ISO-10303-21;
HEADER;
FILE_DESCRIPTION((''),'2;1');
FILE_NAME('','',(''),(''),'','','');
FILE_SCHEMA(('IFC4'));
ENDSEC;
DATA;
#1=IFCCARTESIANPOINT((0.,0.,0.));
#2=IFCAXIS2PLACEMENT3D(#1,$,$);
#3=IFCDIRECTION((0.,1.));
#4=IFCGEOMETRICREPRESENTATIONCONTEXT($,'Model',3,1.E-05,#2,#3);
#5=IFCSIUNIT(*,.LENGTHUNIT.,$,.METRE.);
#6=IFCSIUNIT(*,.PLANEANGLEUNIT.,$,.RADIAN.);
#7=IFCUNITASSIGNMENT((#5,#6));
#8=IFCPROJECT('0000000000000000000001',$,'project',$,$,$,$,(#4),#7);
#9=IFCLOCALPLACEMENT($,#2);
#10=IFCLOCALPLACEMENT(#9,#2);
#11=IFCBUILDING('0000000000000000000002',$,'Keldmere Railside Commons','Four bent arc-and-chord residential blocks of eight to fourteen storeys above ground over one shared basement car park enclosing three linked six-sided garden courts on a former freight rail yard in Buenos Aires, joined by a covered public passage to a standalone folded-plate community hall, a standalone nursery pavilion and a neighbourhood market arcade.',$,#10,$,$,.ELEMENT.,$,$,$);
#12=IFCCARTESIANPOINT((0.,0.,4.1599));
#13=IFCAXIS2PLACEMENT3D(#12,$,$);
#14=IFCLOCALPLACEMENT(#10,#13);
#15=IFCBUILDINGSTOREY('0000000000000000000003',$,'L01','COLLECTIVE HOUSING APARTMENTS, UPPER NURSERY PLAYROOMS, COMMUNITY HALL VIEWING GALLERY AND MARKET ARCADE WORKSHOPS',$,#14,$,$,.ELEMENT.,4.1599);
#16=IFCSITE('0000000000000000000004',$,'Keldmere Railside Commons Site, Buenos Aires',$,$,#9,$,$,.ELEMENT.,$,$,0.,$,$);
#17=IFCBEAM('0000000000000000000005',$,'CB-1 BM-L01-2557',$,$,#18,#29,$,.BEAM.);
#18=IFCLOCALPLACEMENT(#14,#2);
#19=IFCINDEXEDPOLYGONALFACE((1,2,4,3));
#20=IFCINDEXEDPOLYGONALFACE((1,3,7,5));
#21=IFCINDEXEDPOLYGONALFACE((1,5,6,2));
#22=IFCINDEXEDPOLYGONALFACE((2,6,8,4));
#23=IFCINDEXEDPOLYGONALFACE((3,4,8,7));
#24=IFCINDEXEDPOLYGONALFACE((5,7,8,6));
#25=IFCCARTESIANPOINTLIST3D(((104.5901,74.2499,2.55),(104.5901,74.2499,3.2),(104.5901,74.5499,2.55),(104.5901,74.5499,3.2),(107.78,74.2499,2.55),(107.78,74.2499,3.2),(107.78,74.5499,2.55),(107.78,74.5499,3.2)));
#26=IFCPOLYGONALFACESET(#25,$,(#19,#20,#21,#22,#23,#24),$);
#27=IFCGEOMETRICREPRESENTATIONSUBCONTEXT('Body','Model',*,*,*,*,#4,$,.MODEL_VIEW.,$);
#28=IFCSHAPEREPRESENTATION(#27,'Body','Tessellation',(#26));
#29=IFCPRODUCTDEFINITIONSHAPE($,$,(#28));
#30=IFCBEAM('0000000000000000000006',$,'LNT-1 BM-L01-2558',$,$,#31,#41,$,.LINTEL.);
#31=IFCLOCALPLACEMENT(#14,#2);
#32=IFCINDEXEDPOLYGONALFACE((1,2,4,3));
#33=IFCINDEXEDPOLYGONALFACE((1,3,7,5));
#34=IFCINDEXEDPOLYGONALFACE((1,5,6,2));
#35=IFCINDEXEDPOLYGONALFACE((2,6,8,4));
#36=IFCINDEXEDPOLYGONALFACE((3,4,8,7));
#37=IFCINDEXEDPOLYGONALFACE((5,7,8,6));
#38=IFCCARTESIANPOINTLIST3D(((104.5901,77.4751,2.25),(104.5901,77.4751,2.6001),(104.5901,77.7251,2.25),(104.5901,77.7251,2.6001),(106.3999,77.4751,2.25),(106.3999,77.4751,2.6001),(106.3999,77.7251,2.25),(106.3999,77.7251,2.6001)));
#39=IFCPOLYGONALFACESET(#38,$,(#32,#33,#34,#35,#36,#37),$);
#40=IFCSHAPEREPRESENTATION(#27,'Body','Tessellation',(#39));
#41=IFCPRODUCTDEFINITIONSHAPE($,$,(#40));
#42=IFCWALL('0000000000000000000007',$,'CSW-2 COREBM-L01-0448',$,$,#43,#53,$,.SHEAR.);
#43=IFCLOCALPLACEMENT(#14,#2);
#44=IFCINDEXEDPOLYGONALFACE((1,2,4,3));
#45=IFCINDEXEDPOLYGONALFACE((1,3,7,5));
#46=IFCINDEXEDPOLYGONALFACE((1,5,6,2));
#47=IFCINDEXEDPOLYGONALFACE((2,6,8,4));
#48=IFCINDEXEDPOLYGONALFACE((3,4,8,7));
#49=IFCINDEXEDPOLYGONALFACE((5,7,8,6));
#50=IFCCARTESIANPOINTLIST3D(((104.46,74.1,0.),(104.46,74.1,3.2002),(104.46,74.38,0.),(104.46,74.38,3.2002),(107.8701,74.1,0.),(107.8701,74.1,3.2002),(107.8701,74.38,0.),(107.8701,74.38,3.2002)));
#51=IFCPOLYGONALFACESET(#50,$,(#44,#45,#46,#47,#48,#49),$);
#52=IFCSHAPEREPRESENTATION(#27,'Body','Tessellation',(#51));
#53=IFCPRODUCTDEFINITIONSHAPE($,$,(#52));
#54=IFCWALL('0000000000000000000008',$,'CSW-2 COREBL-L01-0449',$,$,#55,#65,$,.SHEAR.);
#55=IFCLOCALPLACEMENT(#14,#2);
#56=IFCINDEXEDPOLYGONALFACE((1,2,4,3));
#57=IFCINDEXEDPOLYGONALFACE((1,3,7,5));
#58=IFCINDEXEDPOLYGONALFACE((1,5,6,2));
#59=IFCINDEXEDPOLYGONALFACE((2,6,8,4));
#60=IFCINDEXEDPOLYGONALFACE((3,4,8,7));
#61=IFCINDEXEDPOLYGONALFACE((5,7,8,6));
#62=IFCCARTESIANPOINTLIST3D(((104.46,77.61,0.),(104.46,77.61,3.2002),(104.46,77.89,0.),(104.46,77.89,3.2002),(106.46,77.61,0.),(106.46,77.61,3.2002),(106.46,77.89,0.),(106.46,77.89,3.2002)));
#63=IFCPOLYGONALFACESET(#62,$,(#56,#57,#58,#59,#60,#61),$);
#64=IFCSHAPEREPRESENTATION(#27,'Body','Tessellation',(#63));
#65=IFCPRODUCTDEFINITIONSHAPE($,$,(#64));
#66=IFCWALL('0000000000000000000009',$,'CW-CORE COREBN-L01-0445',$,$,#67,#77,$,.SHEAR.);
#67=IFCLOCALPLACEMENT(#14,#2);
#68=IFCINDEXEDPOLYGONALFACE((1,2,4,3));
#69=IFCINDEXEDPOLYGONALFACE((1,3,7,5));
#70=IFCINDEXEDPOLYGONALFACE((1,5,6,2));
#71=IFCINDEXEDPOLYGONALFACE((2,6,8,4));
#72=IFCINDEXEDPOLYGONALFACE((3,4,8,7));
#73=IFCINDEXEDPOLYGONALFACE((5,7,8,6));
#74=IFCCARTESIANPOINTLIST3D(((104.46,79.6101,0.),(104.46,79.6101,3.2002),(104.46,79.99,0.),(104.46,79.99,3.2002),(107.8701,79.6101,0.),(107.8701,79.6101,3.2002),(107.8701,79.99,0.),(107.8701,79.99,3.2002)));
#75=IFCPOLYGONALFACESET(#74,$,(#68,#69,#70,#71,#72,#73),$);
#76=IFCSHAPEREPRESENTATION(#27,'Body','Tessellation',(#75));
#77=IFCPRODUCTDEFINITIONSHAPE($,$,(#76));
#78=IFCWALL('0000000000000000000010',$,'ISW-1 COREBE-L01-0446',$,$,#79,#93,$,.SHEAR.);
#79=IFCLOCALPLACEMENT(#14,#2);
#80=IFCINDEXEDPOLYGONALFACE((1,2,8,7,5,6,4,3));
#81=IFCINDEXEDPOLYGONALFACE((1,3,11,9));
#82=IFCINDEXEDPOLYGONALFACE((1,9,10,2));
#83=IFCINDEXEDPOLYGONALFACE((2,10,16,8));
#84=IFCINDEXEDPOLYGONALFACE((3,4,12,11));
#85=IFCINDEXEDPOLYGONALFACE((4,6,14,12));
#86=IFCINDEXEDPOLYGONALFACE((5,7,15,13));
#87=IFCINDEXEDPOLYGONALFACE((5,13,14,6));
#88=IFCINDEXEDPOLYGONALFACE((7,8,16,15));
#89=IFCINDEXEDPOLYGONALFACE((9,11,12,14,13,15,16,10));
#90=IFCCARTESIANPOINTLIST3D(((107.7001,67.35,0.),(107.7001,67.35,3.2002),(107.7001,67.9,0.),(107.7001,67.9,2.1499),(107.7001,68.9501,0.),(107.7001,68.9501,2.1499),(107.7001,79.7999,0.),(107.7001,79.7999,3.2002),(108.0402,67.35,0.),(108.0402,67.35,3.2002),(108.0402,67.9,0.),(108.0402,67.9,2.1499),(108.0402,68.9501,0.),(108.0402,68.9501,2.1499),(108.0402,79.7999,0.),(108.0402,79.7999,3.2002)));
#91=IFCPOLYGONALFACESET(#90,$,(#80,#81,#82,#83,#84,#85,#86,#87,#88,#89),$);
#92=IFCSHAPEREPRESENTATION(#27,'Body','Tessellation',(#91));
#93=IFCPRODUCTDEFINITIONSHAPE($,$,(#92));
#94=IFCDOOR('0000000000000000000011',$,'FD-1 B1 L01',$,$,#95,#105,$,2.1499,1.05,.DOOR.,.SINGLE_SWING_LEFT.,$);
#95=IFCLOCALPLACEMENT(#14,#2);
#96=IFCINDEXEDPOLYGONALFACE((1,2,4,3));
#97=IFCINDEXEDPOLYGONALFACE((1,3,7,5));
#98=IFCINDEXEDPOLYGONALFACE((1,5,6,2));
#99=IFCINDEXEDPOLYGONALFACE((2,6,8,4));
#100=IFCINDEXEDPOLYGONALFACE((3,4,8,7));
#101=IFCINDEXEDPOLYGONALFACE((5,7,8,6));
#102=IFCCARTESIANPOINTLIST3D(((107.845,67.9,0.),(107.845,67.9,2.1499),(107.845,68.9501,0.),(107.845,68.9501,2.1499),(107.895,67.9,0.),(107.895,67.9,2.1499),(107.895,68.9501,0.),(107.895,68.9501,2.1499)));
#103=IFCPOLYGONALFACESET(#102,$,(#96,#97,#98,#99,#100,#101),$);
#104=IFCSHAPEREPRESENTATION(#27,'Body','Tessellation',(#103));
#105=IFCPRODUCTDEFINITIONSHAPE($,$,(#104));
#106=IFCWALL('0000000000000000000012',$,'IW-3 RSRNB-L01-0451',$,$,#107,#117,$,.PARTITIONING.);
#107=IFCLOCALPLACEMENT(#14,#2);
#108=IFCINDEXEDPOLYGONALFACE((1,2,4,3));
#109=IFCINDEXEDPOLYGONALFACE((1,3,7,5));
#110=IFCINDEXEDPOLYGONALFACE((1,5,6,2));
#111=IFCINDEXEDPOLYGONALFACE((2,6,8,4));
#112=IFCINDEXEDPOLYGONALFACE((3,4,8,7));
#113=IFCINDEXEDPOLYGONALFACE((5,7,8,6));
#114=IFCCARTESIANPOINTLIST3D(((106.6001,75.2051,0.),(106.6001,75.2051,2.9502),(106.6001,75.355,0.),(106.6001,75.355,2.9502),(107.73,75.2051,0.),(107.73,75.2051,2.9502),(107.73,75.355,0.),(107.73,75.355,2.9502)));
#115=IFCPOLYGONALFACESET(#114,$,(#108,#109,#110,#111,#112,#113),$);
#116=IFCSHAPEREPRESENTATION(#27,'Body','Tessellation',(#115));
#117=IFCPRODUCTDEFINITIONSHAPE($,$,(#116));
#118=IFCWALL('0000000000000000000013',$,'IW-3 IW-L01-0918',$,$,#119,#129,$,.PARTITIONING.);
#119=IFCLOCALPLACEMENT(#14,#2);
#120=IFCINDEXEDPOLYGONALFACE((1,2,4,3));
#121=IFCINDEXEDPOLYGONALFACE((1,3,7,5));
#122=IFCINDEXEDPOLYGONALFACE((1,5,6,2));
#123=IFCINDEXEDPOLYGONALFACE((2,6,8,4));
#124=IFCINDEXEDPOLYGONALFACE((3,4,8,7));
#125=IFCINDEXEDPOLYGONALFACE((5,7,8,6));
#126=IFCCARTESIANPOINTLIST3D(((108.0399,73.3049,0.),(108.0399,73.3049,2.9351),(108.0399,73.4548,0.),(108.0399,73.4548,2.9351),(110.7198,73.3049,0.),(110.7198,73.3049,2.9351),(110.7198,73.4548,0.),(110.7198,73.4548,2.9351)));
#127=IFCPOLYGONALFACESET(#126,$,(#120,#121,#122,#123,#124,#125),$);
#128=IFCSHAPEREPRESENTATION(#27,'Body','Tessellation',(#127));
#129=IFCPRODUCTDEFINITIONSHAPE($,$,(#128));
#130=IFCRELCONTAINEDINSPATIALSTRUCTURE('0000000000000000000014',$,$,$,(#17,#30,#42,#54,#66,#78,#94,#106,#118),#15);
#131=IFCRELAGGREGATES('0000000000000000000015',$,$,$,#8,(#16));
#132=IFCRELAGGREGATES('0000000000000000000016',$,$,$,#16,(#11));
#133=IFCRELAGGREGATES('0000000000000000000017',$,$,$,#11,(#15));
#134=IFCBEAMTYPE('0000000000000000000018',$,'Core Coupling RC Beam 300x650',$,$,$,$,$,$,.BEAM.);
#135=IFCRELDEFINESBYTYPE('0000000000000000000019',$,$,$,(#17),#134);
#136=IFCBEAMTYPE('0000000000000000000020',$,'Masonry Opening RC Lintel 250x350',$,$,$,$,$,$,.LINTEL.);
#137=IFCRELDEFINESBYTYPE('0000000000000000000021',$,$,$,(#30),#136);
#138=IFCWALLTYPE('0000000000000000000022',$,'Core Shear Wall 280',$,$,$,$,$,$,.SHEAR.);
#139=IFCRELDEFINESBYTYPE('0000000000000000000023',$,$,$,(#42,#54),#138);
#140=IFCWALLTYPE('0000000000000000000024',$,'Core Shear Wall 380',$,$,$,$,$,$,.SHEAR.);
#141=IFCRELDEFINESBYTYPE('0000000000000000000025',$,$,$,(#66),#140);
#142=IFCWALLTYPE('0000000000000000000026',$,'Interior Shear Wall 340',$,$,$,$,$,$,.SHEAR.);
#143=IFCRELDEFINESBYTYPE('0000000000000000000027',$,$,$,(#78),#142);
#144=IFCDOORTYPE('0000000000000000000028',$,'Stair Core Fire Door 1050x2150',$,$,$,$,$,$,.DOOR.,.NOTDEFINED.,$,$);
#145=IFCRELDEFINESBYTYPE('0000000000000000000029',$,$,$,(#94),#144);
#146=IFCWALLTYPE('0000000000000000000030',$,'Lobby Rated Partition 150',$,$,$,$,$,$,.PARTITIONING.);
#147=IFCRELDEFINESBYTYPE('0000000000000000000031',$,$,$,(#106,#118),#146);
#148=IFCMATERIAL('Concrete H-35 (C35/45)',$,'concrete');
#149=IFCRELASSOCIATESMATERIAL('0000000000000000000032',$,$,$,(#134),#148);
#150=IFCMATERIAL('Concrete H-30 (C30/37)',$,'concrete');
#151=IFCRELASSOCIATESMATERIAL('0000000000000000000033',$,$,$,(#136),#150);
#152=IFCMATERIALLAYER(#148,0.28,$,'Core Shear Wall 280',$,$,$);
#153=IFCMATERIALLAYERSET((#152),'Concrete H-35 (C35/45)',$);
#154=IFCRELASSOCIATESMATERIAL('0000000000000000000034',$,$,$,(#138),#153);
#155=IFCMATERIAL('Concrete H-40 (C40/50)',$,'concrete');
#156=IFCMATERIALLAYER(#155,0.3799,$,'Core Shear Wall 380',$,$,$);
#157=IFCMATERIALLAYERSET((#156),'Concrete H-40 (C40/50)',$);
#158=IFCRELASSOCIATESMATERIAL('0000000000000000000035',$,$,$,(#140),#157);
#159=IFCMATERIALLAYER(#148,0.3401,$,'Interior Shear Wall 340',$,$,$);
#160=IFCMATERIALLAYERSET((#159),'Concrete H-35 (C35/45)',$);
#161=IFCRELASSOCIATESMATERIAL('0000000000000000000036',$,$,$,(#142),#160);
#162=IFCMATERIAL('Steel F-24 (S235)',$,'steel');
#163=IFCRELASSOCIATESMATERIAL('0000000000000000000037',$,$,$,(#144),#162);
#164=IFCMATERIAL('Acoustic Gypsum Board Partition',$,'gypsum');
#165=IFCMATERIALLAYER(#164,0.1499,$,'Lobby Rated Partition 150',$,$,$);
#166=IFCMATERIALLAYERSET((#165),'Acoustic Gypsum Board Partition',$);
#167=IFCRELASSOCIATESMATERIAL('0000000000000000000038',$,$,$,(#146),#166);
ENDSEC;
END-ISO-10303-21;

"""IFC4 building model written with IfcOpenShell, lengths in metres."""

from ifc_helpers import new_model, si_unit, direction, frame, frame_2d, origin, origin_2d, place, context, subcontext, project, spatial, rectangle, extrude, material, layer, layer_set, material_profile, profile_set, type_object, element, fill, save


model = new_model("IFC4")

# Units and contexts
model_context = context("Model", 3, precision=1e-05, world=origin(), true_north=direction((0.0, 1.0)))
body_context = subcontext(model_context, "Body", "Model", "MODEL_VIEW")
ifc_project = project(units=[si_unit("LENGTHUNIT", "METRE"), si_unit("PLANEANGLEUNIT", "RADIAN")], contexts=[model_context])

# Site, building, storey
site_placement = place(None, origin())
site = spatial("IfcSite", under=ifc_project, at=site_placement, Name="Keldmere Railside Commons Site, Buenos Aires", CompositionType="ELEMENT", RefElevation=0.0)
building_placement = place(site_placement, origin())
building = spatial("IfcBuilding", under=site, at=building_placement, Name="Keldmere Railside Commons", Description="Four bent arc-and-chord residential blocks of eight to fourteen storeys above ground over one shared basement car park enclosing three linked six-sided garden courts on a former freight rail yard in Buenos Aires, joined by a covered public passage to a standalone folded-plate community hall, a standalone nursery pavilion and a neighbourhood market arcade.", CompositionType="ELEMENT")
storey_placement = place(building_placement, frame((0.0, 0.0, 4.1599)))
storey = spatial("IfcBuildingStorey", under=building, at=storey_placement, Name="L01", Description="COLLECTIVE HOUSING APARTMENTS, UPPER NURSERY PLAYROOMS, COMMUNITY HALL VIEWING GALLERY AND MARKET ARCADE WORKSHOPS", CompositionType="ELEMENT", Elevation=4.1599)

# Beams
ifc_material_1 = material(Name="Concrete H-35 (C35/45)", Category="concrete")
ifc_material_profile_1 = material_profile(ifc_material_1, rectangle(XDim=0.3, YDim=0.6499, at=origin_2d()), Name="RC-300x650")
ifc_profile_set_1 = profile_set([ifc_material_profile_1], Name="Concrete H-35 (C35/45)")
beam_type_1 = type_object("IfcBeamType", Name="Core Coupling RC Beam 300x650", PredefinedType="BEAM", material=ifc_profile_set_1)
beam_1_placement = place(storey_placement, frame((104.5901, 74.3999, 2.875), z_axis=(1.0, 0.0, 0.0), x_axis=(0.0, 1.0, 0.0)))
element("IfcBeam", 1, at=beam_1_placement, inside=storey, type_object=beam_type_1, Name="CB-1 BM-L01-2557", PredefinedType="BEAM", context=body_context, shape_type="SweptSolid", body=[
    extrude(rectangle(XDim=0.3, YDim=0.6499, at=origin_2d()), origin(), (0.0, 0.0, 1.0), 3.1899),
])
ifc_material_2 = material(Name="Concrete H-30 (C30/37)", Category="concrete")
ifc_material_profile_2 = material_profile(ifc_material_2, rectangle(XDim=0.25, YDim=0.3501, at=origin_2d()), Name="RC-250x350")
ifc_profile_set_2 = profile_set([ifc_material_profile_2], Name="Concrete H-30 (C30/37)")
beam_type_2 = type_object("IfcBeamType", Name="Masonry Opening RC Lintel 250x350", PredefinedType="LINTEL", material=ifc_profile_set_2)
beam_2_placement = place(storey_placement, frame((104.5901, 77.6001, 2.425), z_axis=(1.0, 0.0, 0.0), x_axis=(0.0, 1.0, 0.0)))
element("IfcBeam", 2, at=beam_2_placement, inside=storey, type_object=beam_type_2, Name="LNT-1 BM-L01-2558", PredefinedType="LINTEL", context=body_context, shape_type="SweptSolid", body=[
    extrude(rectangle(XDim=0.25, YDim=0.3501, at=origin_2d()), origin(), (0.0, 0.0, 1.0), 1.8098),
])

# Walls
ifc_layer_1 = layer(ifc_material_1, 0.28, Name="Core Shear Wall 280")
ifc_layer_set_1 = layer_set([ifc_layer_1], Name="Concrete H-35 (C35/45)")
wall_type_1 = type_object("IfcWallType", Name="Core Shear Wall 280", PredefinedType="SHEAR", material=ifc_layer_set_1)
wall_1_placement = place(storey_placement, frame((104.46, 74.24, 0.0), z_axis=(0.0, 0.0, 1.0), x_axis=(1.0, 0.0, 0.0)))
element("IfcWall", 3, at=wall_1_placement, inside=storey, type_object=wall_type_1, Name="CSW-2 COREBM-L01-0448", PredefinedType="SHEAR", context=body_context, shape_type="SweptSolid", body=[
    extrude(rectangle(XDim=3.4102, YDim=0.28, at=frame_2d((1.7051, 0.0))), origin(), (0.0, 0.0, 1.0), 3.2002),
])
wall_2_placement = place(storey_placement, frame((104.46, 77.75, 0.0), z_axis=(0.0, 0.0, 1.0), x_axis=(1.0, 0.0, 0.0)))
element("IfcWall", 4, at=wall_2_placement, inside=storey, type_object=wall_type_1, Name="CSW-2 COREBL-L01-0449", PredefinedType="SHEAR", context=body_context, shape_type="SweptSolid", body=[
    extrude(rectangle(XDim=2.0, YDim=0.28, at=frame_2d((1.0, 0.0))), origin(), (0.0, 0.0, 1.0), 3.2002),
])

# Shared definitions
ifc_material_3 = material(Name="Steel F-24 (S235)", Category="steel")

# Wall
ifc_material_4 = material(Name="Concrete H-40 (C40/50)", Category="concrete")
ifc_layer_2 = layer(ifc_material_4, 0.3799, Name="Core Shear Wall 380")
ifc_layer_set_2 = layer_set([ifc_layer_2], Name="Concrete H-40 (C40/50)")
wall_type_2 = type_object("IfcWallType", Name="Core Shear Wall 380", PredefinedType="SHEAR", material=ifc_layer_set_2)
wall_3_placement = place(storey_placement, frame((104.46, 79.8, 0.0), z_axis=(0.0, 0.0, 1.0), x_axis=(1.0, 0.0, 0.0)))
element("IfcWall", 5, at=wall_3_placement, inside=storey, type_object=wall_type_2, Name="CW-CORE COREBN-L01-0445", PredefinedType="SHEAR", context=body_context, shape_type="SweptSolid", body=[
    extrude(rectangle(XDim=3.4102, YDim=0.3799, at=frame_2d((1.7051, 0.0))), origin(), (0.0, 0.0, 1.0), 3.2002),
])

# Wall, opening, door
ifc_layer_3 = layer(ifc_material_1, 0.3401, Name="Interior Shear Wall 340")
ifc_layer_set_3 = layer_set([ifc_layer_3], Name="Concrete H-35 (C35/45)")
wall_type_3 = type_object("IfcWallType", Name="Interior Shear Wall 340", PredefinedType="SHEAR", material=ifc_layer_set_3)
wall_4_placement = place(storey_placement, frame((107.8701, 79.8, 0.0), z_axis=(0.0, 0.0, 1.0), x_axis=(0.0, -1.0, 0.0)))
wall_4 = element("IfcWall", 6, at=wall_4_placement, inside=storey, type_object=wall_type_3, Name="ISW-1 COREBE-L01-0446", PredefinedType="SHEAR", context=body_context, shape_type="SweptSolid", body=[
    extrude(rectangle(XDim=12.45, YDim=0.3401, at=frame_2d((6.2251, 0.0))), origin(), (0.0, 0.0, 1.0), 3.2002),
])
opening_1_placement = place(wall_4_placement, frame((10.8501, 0.0, 0.0)))
opening_1 = element("IfcOpeningElement", 7, at=opening_1_placement, cuts=wall_4, PredefinedType="OPENING", context=body_context, shape_type="SweptSolid", body=[
    extrude(rectangle(XDim=1.05, YDim=2.1499, at=frame_2d((0.5249, 1.075))), frame((0.0, 0.1799, 0.0), z_axis=(0.0, -1.0, 0.0), x_axis=(1.0, 0.0, 0.0)), (0.0, 0.0, 1.0), 0.3601),
])
door_type_1 = type_object("IfcDoorType", Name="Stair Core Fire Door 1050x2150", OperationType="NOTDEFINED", PredefinedType="DOOR", material=ifc_material_3)
door_1_placement = place(opening_1_placement, origin())
door_1 = element("IfcDoor", 8, at=door_1_placement, inside=storey, type_object=door_type_1, Name="FD-1 B1 L01", OperationType="SINGLE_SWING_LEFT", OverallHeight=2.1499, OverallWidth=1.05, PredefinedType="DOOR", context=body_context, shape_type="SweptSolid", body=[
    extrude(rectangle(XDim=1.05, YDim=2.1499, at=frame_2d((0.5249, 1.075))), frame((0.0, 0.0249, 0.0), z_axis=(0.0, -1.0, 0.0), x_axis=(1.0, 0.0, 0.0)), (0.0, 0.0, 1.0), 0.05),
])
fill(opening_1, door_1)

# Walls
ifc_material_5 = material(Name="Acoustic Gypsum Board Partition", Category="gypsum")
ifc_layer_4 = layer(ifc_material_5, 0.1499, Name="Lobby Rated Partition 150")
ifc_layer_set_4 = layer_set([ifc_layer_4], Name="Acoustic Gypsum Board Partition")
wall_type_4 = type_object("IfcWallType", Name="Lobby Rated Partition 150", PredefinedType="PARTITIONING", material=ifc_layer_set_4)
wall_5_placement = place(storey_placement, frame((106.6001, 75.28, 0.0), z_axis=(0.0, 0.0, 1.0), x_axis=(1.0, 0.0, 0.0)))
element("IfcWall", 9, at=wall_5_placement, inside=storey, type_object=wall_type_4, Name="IW-3 RSRNB-L01-0451", PredefinedType="PARTITIONING", context=body_context, shape_type="SweptSolid", body=[
    extrude(rectangle(XDim=1.1299, YDim=0.1499, at=frame_2d((0.5649, 0.0))), origin(), (0.0, 0.0, 1.0), 2.9502),
])
wall_6_placement = place(storey_placement, frame((108.04, 73.3799, 0.0), z_axis=(0.0, 0.0, 1.0), x_axis=(1.0, 0.0, 0.0)))
element("IfcWall", 10, at=wall_6_placement, inside=storey, type_object=wall_type_4, Name="IW-3 IW-L01-0918", PredefinedType="PARTITIONING", context=body_context, shape_type="SweptSolid", body=[
    extrude(rectangle(XDim=2.6799, YDim=0.1499, at=frame_2d((1.3398, 0.0))), origin(), (0.0, 0.0, 1.0), 2.9351),
])

save(model, "model.ifc")
